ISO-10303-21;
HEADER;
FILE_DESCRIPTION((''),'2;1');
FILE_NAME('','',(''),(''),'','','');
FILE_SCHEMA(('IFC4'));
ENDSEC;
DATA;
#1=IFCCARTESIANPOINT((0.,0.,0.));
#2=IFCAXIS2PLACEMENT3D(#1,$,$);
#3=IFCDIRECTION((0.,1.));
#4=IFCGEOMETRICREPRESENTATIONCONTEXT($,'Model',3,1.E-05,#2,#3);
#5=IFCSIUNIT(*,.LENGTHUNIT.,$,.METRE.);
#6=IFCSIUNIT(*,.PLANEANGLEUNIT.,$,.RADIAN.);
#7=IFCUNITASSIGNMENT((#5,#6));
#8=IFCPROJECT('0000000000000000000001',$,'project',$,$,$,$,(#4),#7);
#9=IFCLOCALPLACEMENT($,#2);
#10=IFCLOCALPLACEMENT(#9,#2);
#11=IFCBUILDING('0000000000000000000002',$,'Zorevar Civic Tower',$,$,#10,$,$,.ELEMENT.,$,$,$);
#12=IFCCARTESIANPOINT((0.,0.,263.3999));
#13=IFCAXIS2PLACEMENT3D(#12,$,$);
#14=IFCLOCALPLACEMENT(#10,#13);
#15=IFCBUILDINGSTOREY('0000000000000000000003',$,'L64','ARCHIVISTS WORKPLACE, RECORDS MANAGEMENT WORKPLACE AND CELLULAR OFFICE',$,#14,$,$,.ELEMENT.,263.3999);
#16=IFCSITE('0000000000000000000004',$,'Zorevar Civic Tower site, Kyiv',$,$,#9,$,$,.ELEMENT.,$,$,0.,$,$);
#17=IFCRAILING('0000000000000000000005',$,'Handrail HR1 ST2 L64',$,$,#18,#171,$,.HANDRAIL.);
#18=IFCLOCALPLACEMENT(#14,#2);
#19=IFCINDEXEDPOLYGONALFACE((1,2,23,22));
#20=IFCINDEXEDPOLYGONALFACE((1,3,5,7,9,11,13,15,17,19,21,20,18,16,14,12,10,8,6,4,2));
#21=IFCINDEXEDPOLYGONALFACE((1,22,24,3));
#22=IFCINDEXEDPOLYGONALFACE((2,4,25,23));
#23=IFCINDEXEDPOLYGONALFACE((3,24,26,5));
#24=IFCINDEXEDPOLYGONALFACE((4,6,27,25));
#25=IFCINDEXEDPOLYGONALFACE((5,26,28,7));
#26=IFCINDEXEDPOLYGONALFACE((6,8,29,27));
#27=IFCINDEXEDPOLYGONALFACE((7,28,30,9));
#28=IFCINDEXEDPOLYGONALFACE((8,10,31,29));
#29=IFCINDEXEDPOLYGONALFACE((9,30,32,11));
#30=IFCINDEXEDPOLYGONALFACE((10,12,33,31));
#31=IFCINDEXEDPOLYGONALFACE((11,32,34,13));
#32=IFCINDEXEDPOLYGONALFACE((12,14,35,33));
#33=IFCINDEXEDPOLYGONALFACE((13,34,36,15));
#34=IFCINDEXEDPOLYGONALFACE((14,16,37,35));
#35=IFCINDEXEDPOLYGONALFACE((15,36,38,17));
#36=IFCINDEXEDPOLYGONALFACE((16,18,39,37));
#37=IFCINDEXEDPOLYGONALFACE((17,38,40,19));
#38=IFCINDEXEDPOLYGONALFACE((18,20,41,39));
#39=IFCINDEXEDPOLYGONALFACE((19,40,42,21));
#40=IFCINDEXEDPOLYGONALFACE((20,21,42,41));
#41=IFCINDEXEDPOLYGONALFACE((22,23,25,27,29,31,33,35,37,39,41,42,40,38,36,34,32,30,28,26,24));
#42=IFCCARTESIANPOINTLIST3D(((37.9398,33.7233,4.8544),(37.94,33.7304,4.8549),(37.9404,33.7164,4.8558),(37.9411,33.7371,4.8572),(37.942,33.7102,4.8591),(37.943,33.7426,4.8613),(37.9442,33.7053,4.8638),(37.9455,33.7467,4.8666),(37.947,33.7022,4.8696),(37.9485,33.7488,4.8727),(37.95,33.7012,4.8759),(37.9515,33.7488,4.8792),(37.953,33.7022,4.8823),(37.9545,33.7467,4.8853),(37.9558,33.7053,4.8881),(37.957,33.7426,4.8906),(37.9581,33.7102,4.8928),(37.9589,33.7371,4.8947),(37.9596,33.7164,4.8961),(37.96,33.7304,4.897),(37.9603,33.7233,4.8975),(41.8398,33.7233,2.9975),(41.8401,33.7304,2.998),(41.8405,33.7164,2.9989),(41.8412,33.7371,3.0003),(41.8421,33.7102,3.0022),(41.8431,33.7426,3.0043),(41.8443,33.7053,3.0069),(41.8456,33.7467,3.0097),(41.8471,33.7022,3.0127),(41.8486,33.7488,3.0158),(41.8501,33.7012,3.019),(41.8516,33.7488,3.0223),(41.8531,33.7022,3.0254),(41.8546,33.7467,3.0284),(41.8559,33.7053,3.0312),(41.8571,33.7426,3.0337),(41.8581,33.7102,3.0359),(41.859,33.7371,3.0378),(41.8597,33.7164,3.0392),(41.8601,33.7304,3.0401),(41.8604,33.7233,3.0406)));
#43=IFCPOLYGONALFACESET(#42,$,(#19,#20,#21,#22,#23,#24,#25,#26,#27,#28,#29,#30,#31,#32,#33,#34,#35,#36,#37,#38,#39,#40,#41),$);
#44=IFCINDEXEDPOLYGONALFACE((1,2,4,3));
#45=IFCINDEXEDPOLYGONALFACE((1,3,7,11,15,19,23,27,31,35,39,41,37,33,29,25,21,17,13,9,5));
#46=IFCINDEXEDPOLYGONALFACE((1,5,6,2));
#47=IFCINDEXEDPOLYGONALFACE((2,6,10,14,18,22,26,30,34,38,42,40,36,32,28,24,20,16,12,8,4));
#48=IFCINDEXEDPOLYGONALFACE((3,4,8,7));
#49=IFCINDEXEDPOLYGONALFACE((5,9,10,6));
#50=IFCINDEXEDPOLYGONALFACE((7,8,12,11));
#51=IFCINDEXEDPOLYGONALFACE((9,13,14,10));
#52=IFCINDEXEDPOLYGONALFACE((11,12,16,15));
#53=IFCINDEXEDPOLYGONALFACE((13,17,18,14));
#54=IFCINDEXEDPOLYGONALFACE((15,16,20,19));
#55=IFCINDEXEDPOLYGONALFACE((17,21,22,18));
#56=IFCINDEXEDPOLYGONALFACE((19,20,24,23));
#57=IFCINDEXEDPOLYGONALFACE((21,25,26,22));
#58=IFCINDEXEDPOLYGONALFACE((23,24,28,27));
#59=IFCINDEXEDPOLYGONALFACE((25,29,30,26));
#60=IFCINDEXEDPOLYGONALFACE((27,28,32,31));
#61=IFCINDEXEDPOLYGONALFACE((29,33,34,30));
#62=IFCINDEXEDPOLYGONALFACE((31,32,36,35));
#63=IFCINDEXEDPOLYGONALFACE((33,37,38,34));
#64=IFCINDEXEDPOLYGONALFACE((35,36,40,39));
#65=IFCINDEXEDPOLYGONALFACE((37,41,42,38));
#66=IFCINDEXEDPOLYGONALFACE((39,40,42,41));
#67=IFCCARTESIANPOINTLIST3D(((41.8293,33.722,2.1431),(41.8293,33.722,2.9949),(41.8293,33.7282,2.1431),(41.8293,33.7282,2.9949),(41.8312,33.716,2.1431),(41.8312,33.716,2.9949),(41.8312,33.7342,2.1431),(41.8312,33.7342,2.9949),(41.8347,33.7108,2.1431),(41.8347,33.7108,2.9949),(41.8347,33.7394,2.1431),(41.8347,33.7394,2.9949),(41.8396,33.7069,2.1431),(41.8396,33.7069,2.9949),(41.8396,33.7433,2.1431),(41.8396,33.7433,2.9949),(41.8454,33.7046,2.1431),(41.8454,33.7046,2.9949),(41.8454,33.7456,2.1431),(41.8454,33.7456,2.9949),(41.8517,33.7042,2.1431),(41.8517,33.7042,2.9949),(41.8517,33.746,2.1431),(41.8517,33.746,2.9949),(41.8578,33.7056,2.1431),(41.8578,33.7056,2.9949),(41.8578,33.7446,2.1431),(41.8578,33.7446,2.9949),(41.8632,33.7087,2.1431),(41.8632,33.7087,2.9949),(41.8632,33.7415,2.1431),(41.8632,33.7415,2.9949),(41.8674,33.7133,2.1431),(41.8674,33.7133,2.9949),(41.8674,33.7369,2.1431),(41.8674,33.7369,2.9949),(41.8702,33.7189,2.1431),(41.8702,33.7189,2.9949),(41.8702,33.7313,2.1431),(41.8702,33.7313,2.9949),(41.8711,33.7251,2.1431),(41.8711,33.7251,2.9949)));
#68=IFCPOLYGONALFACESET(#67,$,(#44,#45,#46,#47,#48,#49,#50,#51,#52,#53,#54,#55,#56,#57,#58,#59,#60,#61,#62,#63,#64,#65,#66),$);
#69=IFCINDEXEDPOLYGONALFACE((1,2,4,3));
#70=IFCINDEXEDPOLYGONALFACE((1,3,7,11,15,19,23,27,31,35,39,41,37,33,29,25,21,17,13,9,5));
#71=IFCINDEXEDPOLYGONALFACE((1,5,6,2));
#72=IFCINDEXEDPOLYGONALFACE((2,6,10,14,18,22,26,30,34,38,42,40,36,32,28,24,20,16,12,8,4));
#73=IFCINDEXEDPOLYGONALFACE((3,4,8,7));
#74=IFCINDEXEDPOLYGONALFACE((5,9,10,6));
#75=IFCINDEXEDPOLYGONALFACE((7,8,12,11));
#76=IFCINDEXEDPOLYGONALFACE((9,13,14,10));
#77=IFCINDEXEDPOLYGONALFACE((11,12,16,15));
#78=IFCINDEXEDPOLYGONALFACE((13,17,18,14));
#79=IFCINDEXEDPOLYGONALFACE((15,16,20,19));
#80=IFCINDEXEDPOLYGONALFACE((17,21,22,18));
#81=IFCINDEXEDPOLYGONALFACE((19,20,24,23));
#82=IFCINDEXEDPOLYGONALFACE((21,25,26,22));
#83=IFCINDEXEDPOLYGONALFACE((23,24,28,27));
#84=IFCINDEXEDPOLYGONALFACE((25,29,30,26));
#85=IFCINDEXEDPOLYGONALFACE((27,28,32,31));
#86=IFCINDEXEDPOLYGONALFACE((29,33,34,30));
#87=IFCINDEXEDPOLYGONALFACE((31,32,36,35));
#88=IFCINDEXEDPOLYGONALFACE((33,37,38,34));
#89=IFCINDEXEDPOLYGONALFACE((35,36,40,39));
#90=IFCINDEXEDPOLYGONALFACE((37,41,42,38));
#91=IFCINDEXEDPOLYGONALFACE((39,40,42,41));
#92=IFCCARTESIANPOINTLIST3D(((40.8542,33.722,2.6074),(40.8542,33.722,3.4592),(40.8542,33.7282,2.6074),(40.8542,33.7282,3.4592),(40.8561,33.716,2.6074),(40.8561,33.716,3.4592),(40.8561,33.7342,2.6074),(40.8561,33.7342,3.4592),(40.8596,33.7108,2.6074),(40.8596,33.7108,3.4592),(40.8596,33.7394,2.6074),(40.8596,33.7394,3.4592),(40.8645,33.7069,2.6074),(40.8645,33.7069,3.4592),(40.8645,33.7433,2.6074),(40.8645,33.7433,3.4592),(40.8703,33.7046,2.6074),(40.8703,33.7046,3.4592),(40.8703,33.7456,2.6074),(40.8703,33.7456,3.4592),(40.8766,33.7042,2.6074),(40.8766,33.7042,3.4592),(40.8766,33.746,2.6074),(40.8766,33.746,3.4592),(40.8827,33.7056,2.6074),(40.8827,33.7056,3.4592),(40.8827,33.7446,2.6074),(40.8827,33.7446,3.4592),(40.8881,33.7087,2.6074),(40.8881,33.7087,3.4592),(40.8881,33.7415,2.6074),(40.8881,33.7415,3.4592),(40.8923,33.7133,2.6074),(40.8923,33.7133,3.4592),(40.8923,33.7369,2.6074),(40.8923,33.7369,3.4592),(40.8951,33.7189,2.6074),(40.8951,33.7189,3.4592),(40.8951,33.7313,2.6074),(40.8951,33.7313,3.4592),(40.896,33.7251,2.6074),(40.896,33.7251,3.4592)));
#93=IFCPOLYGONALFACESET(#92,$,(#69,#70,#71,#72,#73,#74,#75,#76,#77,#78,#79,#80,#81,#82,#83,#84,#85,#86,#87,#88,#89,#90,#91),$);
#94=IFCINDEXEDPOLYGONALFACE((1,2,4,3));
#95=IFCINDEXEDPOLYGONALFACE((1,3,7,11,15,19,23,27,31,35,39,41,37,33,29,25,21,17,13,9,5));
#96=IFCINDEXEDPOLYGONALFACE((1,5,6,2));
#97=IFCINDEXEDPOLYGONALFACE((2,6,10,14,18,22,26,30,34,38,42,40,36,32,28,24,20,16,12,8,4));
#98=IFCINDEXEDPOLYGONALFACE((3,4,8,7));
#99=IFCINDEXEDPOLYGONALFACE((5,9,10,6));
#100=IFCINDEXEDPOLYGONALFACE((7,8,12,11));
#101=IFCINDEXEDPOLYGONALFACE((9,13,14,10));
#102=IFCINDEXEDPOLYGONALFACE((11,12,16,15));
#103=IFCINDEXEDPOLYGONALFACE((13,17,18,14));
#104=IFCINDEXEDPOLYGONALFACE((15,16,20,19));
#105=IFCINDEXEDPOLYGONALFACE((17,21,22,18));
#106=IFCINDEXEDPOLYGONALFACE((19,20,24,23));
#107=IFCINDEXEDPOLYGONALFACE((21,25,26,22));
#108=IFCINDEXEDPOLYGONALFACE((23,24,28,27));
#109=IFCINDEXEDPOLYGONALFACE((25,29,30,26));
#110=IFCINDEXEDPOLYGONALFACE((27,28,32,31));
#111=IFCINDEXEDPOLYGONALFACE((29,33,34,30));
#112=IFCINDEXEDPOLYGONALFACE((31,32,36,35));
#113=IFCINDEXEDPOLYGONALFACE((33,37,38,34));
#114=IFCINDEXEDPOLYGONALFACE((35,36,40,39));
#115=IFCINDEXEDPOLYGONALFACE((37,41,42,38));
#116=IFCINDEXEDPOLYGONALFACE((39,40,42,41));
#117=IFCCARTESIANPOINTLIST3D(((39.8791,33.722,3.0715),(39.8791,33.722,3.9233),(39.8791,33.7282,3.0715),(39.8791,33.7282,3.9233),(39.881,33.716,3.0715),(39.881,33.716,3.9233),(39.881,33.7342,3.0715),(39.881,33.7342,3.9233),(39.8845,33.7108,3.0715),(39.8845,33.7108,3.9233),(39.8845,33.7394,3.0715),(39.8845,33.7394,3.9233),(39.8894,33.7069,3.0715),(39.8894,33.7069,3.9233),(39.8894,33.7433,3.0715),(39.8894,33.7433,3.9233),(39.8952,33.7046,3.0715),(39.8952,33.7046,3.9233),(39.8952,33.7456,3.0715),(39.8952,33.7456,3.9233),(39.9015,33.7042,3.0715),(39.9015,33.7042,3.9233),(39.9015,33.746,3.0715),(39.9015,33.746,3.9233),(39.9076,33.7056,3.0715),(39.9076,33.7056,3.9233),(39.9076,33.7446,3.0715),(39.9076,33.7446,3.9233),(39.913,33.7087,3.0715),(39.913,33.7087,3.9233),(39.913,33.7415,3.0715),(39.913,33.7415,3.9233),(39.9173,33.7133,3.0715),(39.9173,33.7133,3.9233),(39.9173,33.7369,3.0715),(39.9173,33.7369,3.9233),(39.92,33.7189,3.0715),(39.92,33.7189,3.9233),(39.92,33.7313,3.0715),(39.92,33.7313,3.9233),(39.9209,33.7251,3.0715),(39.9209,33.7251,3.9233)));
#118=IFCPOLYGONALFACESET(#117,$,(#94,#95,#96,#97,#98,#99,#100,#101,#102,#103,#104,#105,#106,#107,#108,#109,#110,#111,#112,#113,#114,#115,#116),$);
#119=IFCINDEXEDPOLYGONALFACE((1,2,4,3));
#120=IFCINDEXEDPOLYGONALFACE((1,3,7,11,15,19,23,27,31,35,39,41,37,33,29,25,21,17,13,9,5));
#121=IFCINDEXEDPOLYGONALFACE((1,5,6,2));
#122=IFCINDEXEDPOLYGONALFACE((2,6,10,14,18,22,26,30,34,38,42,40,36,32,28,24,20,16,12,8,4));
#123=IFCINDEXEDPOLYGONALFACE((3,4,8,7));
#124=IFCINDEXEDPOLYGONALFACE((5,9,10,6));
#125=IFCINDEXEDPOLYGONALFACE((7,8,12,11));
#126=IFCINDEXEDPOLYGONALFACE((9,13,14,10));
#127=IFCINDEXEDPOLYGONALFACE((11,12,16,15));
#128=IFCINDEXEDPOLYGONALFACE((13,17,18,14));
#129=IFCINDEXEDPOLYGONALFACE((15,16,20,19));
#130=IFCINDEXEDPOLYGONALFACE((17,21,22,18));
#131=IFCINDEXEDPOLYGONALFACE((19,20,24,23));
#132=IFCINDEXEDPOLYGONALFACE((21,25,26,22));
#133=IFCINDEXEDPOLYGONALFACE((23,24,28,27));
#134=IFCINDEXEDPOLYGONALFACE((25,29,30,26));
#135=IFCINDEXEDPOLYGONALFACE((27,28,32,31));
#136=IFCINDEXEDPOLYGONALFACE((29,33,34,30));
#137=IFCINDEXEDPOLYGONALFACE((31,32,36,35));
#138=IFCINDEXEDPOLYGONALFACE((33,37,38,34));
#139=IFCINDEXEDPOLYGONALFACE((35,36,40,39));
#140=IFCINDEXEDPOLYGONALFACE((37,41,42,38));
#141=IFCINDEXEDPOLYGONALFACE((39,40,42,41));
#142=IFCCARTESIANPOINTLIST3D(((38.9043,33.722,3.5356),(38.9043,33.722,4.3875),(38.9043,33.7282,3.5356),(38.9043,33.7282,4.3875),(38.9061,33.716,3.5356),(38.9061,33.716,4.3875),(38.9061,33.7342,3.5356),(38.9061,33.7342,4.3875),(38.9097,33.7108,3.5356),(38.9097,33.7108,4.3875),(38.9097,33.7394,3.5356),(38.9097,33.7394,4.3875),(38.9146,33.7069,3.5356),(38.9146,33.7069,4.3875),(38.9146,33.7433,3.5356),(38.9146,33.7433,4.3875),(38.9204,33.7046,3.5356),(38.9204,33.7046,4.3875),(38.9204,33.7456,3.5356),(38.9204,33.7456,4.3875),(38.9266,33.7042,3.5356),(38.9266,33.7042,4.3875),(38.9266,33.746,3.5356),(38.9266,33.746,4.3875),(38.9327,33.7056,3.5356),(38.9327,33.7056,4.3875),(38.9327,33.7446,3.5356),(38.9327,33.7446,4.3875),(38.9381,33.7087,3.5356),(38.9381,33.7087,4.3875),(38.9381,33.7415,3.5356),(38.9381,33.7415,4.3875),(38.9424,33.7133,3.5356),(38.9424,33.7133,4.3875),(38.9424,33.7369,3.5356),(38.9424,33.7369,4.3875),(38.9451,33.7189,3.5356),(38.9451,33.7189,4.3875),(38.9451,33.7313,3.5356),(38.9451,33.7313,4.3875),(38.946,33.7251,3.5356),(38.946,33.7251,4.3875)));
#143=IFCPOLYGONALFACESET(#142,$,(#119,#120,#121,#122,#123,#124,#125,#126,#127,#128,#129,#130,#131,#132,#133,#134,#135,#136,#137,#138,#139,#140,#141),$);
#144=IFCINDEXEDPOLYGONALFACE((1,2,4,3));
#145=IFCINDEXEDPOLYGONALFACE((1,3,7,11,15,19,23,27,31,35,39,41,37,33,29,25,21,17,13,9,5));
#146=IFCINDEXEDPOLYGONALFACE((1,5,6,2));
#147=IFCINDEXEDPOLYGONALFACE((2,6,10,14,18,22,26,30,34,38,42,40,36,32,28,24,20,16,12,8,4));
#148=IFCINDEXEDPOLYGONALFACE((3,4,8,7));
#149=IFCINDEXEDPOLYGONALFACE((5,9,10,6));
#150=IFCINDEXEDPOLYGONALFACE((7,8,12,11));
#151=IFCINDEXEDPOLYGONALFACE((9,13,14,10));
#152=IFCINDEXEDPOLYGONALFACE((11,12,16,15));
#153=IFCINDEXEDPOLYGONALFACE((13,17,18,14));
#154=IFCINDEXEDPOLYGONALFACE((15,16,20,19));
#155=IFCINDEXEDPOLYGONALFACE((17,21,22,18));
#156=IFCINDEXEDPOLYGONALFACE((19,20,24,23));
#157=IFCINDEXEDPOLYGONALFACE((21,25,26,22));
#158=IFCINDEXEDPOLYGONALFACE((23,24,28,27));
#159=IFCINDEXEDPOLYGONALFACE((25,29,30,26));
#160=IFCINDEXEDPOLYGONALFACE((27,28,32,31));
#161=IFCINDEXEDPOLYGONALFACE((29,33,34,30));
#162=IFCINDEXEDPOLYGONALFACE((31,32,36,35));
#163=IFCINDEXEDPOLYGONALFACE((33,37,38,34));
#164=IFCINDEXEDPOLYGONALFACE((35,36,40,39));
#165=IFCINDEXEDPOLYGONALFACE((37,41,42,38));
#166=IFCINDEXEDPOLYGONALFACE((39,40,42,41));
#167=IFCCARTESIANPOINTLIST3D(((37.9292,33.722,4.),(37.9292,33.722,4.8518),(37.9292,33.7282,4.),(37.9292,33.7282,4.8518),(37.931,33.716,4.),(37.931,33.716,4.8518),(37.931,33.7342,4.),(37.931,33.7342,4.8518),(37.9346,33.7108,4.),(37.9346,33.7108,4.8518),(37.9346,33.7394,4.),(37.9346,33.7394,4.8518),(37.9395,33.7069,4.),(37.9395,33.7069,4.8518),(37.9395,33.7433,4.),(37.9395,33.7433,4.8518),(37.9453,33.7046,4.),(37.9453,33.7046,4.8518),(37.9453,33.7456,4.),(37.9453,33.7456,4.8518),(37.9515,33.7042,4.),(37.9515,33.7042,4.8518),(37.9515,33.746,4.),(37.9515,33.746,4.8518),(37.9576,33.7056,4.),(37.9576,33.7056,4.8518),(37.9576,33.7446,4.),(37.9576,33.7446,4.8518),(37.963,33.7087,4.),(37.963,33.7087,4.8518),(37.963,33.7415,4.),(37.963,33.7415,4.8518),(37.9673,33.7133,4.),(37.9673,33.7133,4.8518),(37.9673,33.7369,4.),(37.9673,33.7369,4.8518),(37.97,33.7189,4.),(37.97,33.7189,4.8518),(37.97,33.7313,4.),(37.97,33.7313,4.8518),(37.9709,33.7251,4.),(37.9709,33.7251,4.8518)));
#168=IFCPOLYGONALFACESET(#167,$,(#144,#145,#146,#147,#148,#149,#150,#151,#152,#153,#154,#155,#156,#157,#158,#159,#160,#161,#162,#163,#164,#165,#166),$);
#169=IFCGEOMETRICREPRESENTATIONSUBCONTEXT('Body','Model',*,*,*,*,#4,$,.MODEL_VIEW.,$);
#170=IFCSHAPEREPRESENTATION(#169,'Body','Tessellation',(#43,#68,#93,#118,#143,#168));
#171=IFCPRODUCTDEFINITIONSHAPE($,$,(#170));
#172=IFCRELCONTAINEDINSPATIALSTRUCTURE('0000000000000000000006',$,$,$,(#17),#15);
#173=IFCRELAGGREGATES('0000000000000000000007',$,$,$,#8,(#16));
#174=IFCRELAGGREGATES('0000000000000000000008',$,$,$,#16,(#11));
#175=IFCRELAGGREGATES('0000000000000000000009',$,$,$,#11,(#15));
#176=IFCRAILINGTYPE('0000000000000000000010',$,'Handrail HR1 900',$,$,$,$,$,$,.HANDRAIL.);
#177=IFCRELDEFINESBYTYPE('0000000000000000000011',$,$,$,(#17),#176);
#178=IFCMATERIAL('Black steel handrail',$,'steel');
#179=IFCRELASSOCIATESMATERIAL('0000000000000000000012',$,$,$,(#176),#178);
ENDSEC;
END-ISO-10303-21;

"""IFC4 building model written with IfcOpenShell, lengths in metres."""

from ifc_helpers import new_model, si_unit, direction, frame, origin, origin_2d, place, context, subcontext, project, spatial, circle, extrude, material, type_object, element, save


model = new_model("IFC4")

# Units and contexts
model_context = context("Model", 3, precision=1e-05, world=origin(), true_north=direction((0.0, 1.0)))
body_context = subcontext(model_context, "Body", "Model", "MODEL_VIEW")
ifc_project = project(units=[si_unit("LENGTHUNIT", "METRE"), si_unit("PLANEANGLEUNIT", "RADIAN")], contexts=[model_context])

# Site, building, storey
site_placement = place(None, origin())
site = spatial("IfcSite", under=ifc_project, at=site_placement, Name="Zorevar Civic Tower site, Kyiv", CompositionType="ELEMENT", RefElevation=0.0)
building_placement = place(site_placement, origin())
building = spatial("IfcBuilding", under=site, at=building_placement, Name="Zorevar Civic Tower", CompositionType="ELEMENT")
storey_placement = place(building_placement, frame((0.0, 0.0, 263.3999)))
storey = spatial("IfcBuildingStorey", under=building, at=storey_placement, Name="L64", Description="ARCHIVISTS WORKPLACE, RECORDS MANAGEMENT WORKPLACE AND CELLULAR OFFICE", CompositionType="ELEMENT", Elevation=263.3999)

# Railing
ifc_material_1 = material(Name="Black steel handrail", Category="steel")
railing_type = type_object("IfcRailingType", Name="Handrail HR1 900", PredefinedType="HANDRAIL", material=ifc_material_1)
railing_1_placement = place(storey_placement, frame((41.8501, 33.7251, 2.1431)))
element("IfcRailing", 1, at=railing_1_placement, inside=storey, type_object=railing_type, Name="Handrail HR1 ST2 L64", PredefinedType="HANDRAIL", context=body_context, shape_type="SweptSolid", body=[
    extrude(circle(Radius=0.0239, at=origin_2d()), frame((0.0, 0.0, 0.876), z_axis=(-0.902886, 0.0, 0.429881), x_axis=(0.0, -1.0, 0.0)), (0.0, 0.0, 1.0), 4.3196),
    extrude(circle(Radius=0.021, at=origin_2d()), origin(), (0.0, 0.0, 1.0), 0.8518),
    extrude(circle(Radius=0.021, at=origin_2d()), frame((-0.9751, 0.0, 0.4644)), (0.0, 0.0, 1.0), 0.8518),
    extrude(circle(Radius=0.021, at=origin_2d()), frame((-1.9502, 0.0, 0.9285)), (0.0, 0.0, 1.0), 0.8518),
    extrude(circle(Radius=0.021, at=origin_2d()), frame((-2.925, 0.0, 1.3926)), (0.0, 0.0, 1.0), 0.8518),
    extrude(circle(Radius=0.021, at=origin_2d()), frame((-3.9001, 0.0, 1.8569)), (0.0, 0.0, 1.0), 0.8518),
])

save(model, "model.ifc")
